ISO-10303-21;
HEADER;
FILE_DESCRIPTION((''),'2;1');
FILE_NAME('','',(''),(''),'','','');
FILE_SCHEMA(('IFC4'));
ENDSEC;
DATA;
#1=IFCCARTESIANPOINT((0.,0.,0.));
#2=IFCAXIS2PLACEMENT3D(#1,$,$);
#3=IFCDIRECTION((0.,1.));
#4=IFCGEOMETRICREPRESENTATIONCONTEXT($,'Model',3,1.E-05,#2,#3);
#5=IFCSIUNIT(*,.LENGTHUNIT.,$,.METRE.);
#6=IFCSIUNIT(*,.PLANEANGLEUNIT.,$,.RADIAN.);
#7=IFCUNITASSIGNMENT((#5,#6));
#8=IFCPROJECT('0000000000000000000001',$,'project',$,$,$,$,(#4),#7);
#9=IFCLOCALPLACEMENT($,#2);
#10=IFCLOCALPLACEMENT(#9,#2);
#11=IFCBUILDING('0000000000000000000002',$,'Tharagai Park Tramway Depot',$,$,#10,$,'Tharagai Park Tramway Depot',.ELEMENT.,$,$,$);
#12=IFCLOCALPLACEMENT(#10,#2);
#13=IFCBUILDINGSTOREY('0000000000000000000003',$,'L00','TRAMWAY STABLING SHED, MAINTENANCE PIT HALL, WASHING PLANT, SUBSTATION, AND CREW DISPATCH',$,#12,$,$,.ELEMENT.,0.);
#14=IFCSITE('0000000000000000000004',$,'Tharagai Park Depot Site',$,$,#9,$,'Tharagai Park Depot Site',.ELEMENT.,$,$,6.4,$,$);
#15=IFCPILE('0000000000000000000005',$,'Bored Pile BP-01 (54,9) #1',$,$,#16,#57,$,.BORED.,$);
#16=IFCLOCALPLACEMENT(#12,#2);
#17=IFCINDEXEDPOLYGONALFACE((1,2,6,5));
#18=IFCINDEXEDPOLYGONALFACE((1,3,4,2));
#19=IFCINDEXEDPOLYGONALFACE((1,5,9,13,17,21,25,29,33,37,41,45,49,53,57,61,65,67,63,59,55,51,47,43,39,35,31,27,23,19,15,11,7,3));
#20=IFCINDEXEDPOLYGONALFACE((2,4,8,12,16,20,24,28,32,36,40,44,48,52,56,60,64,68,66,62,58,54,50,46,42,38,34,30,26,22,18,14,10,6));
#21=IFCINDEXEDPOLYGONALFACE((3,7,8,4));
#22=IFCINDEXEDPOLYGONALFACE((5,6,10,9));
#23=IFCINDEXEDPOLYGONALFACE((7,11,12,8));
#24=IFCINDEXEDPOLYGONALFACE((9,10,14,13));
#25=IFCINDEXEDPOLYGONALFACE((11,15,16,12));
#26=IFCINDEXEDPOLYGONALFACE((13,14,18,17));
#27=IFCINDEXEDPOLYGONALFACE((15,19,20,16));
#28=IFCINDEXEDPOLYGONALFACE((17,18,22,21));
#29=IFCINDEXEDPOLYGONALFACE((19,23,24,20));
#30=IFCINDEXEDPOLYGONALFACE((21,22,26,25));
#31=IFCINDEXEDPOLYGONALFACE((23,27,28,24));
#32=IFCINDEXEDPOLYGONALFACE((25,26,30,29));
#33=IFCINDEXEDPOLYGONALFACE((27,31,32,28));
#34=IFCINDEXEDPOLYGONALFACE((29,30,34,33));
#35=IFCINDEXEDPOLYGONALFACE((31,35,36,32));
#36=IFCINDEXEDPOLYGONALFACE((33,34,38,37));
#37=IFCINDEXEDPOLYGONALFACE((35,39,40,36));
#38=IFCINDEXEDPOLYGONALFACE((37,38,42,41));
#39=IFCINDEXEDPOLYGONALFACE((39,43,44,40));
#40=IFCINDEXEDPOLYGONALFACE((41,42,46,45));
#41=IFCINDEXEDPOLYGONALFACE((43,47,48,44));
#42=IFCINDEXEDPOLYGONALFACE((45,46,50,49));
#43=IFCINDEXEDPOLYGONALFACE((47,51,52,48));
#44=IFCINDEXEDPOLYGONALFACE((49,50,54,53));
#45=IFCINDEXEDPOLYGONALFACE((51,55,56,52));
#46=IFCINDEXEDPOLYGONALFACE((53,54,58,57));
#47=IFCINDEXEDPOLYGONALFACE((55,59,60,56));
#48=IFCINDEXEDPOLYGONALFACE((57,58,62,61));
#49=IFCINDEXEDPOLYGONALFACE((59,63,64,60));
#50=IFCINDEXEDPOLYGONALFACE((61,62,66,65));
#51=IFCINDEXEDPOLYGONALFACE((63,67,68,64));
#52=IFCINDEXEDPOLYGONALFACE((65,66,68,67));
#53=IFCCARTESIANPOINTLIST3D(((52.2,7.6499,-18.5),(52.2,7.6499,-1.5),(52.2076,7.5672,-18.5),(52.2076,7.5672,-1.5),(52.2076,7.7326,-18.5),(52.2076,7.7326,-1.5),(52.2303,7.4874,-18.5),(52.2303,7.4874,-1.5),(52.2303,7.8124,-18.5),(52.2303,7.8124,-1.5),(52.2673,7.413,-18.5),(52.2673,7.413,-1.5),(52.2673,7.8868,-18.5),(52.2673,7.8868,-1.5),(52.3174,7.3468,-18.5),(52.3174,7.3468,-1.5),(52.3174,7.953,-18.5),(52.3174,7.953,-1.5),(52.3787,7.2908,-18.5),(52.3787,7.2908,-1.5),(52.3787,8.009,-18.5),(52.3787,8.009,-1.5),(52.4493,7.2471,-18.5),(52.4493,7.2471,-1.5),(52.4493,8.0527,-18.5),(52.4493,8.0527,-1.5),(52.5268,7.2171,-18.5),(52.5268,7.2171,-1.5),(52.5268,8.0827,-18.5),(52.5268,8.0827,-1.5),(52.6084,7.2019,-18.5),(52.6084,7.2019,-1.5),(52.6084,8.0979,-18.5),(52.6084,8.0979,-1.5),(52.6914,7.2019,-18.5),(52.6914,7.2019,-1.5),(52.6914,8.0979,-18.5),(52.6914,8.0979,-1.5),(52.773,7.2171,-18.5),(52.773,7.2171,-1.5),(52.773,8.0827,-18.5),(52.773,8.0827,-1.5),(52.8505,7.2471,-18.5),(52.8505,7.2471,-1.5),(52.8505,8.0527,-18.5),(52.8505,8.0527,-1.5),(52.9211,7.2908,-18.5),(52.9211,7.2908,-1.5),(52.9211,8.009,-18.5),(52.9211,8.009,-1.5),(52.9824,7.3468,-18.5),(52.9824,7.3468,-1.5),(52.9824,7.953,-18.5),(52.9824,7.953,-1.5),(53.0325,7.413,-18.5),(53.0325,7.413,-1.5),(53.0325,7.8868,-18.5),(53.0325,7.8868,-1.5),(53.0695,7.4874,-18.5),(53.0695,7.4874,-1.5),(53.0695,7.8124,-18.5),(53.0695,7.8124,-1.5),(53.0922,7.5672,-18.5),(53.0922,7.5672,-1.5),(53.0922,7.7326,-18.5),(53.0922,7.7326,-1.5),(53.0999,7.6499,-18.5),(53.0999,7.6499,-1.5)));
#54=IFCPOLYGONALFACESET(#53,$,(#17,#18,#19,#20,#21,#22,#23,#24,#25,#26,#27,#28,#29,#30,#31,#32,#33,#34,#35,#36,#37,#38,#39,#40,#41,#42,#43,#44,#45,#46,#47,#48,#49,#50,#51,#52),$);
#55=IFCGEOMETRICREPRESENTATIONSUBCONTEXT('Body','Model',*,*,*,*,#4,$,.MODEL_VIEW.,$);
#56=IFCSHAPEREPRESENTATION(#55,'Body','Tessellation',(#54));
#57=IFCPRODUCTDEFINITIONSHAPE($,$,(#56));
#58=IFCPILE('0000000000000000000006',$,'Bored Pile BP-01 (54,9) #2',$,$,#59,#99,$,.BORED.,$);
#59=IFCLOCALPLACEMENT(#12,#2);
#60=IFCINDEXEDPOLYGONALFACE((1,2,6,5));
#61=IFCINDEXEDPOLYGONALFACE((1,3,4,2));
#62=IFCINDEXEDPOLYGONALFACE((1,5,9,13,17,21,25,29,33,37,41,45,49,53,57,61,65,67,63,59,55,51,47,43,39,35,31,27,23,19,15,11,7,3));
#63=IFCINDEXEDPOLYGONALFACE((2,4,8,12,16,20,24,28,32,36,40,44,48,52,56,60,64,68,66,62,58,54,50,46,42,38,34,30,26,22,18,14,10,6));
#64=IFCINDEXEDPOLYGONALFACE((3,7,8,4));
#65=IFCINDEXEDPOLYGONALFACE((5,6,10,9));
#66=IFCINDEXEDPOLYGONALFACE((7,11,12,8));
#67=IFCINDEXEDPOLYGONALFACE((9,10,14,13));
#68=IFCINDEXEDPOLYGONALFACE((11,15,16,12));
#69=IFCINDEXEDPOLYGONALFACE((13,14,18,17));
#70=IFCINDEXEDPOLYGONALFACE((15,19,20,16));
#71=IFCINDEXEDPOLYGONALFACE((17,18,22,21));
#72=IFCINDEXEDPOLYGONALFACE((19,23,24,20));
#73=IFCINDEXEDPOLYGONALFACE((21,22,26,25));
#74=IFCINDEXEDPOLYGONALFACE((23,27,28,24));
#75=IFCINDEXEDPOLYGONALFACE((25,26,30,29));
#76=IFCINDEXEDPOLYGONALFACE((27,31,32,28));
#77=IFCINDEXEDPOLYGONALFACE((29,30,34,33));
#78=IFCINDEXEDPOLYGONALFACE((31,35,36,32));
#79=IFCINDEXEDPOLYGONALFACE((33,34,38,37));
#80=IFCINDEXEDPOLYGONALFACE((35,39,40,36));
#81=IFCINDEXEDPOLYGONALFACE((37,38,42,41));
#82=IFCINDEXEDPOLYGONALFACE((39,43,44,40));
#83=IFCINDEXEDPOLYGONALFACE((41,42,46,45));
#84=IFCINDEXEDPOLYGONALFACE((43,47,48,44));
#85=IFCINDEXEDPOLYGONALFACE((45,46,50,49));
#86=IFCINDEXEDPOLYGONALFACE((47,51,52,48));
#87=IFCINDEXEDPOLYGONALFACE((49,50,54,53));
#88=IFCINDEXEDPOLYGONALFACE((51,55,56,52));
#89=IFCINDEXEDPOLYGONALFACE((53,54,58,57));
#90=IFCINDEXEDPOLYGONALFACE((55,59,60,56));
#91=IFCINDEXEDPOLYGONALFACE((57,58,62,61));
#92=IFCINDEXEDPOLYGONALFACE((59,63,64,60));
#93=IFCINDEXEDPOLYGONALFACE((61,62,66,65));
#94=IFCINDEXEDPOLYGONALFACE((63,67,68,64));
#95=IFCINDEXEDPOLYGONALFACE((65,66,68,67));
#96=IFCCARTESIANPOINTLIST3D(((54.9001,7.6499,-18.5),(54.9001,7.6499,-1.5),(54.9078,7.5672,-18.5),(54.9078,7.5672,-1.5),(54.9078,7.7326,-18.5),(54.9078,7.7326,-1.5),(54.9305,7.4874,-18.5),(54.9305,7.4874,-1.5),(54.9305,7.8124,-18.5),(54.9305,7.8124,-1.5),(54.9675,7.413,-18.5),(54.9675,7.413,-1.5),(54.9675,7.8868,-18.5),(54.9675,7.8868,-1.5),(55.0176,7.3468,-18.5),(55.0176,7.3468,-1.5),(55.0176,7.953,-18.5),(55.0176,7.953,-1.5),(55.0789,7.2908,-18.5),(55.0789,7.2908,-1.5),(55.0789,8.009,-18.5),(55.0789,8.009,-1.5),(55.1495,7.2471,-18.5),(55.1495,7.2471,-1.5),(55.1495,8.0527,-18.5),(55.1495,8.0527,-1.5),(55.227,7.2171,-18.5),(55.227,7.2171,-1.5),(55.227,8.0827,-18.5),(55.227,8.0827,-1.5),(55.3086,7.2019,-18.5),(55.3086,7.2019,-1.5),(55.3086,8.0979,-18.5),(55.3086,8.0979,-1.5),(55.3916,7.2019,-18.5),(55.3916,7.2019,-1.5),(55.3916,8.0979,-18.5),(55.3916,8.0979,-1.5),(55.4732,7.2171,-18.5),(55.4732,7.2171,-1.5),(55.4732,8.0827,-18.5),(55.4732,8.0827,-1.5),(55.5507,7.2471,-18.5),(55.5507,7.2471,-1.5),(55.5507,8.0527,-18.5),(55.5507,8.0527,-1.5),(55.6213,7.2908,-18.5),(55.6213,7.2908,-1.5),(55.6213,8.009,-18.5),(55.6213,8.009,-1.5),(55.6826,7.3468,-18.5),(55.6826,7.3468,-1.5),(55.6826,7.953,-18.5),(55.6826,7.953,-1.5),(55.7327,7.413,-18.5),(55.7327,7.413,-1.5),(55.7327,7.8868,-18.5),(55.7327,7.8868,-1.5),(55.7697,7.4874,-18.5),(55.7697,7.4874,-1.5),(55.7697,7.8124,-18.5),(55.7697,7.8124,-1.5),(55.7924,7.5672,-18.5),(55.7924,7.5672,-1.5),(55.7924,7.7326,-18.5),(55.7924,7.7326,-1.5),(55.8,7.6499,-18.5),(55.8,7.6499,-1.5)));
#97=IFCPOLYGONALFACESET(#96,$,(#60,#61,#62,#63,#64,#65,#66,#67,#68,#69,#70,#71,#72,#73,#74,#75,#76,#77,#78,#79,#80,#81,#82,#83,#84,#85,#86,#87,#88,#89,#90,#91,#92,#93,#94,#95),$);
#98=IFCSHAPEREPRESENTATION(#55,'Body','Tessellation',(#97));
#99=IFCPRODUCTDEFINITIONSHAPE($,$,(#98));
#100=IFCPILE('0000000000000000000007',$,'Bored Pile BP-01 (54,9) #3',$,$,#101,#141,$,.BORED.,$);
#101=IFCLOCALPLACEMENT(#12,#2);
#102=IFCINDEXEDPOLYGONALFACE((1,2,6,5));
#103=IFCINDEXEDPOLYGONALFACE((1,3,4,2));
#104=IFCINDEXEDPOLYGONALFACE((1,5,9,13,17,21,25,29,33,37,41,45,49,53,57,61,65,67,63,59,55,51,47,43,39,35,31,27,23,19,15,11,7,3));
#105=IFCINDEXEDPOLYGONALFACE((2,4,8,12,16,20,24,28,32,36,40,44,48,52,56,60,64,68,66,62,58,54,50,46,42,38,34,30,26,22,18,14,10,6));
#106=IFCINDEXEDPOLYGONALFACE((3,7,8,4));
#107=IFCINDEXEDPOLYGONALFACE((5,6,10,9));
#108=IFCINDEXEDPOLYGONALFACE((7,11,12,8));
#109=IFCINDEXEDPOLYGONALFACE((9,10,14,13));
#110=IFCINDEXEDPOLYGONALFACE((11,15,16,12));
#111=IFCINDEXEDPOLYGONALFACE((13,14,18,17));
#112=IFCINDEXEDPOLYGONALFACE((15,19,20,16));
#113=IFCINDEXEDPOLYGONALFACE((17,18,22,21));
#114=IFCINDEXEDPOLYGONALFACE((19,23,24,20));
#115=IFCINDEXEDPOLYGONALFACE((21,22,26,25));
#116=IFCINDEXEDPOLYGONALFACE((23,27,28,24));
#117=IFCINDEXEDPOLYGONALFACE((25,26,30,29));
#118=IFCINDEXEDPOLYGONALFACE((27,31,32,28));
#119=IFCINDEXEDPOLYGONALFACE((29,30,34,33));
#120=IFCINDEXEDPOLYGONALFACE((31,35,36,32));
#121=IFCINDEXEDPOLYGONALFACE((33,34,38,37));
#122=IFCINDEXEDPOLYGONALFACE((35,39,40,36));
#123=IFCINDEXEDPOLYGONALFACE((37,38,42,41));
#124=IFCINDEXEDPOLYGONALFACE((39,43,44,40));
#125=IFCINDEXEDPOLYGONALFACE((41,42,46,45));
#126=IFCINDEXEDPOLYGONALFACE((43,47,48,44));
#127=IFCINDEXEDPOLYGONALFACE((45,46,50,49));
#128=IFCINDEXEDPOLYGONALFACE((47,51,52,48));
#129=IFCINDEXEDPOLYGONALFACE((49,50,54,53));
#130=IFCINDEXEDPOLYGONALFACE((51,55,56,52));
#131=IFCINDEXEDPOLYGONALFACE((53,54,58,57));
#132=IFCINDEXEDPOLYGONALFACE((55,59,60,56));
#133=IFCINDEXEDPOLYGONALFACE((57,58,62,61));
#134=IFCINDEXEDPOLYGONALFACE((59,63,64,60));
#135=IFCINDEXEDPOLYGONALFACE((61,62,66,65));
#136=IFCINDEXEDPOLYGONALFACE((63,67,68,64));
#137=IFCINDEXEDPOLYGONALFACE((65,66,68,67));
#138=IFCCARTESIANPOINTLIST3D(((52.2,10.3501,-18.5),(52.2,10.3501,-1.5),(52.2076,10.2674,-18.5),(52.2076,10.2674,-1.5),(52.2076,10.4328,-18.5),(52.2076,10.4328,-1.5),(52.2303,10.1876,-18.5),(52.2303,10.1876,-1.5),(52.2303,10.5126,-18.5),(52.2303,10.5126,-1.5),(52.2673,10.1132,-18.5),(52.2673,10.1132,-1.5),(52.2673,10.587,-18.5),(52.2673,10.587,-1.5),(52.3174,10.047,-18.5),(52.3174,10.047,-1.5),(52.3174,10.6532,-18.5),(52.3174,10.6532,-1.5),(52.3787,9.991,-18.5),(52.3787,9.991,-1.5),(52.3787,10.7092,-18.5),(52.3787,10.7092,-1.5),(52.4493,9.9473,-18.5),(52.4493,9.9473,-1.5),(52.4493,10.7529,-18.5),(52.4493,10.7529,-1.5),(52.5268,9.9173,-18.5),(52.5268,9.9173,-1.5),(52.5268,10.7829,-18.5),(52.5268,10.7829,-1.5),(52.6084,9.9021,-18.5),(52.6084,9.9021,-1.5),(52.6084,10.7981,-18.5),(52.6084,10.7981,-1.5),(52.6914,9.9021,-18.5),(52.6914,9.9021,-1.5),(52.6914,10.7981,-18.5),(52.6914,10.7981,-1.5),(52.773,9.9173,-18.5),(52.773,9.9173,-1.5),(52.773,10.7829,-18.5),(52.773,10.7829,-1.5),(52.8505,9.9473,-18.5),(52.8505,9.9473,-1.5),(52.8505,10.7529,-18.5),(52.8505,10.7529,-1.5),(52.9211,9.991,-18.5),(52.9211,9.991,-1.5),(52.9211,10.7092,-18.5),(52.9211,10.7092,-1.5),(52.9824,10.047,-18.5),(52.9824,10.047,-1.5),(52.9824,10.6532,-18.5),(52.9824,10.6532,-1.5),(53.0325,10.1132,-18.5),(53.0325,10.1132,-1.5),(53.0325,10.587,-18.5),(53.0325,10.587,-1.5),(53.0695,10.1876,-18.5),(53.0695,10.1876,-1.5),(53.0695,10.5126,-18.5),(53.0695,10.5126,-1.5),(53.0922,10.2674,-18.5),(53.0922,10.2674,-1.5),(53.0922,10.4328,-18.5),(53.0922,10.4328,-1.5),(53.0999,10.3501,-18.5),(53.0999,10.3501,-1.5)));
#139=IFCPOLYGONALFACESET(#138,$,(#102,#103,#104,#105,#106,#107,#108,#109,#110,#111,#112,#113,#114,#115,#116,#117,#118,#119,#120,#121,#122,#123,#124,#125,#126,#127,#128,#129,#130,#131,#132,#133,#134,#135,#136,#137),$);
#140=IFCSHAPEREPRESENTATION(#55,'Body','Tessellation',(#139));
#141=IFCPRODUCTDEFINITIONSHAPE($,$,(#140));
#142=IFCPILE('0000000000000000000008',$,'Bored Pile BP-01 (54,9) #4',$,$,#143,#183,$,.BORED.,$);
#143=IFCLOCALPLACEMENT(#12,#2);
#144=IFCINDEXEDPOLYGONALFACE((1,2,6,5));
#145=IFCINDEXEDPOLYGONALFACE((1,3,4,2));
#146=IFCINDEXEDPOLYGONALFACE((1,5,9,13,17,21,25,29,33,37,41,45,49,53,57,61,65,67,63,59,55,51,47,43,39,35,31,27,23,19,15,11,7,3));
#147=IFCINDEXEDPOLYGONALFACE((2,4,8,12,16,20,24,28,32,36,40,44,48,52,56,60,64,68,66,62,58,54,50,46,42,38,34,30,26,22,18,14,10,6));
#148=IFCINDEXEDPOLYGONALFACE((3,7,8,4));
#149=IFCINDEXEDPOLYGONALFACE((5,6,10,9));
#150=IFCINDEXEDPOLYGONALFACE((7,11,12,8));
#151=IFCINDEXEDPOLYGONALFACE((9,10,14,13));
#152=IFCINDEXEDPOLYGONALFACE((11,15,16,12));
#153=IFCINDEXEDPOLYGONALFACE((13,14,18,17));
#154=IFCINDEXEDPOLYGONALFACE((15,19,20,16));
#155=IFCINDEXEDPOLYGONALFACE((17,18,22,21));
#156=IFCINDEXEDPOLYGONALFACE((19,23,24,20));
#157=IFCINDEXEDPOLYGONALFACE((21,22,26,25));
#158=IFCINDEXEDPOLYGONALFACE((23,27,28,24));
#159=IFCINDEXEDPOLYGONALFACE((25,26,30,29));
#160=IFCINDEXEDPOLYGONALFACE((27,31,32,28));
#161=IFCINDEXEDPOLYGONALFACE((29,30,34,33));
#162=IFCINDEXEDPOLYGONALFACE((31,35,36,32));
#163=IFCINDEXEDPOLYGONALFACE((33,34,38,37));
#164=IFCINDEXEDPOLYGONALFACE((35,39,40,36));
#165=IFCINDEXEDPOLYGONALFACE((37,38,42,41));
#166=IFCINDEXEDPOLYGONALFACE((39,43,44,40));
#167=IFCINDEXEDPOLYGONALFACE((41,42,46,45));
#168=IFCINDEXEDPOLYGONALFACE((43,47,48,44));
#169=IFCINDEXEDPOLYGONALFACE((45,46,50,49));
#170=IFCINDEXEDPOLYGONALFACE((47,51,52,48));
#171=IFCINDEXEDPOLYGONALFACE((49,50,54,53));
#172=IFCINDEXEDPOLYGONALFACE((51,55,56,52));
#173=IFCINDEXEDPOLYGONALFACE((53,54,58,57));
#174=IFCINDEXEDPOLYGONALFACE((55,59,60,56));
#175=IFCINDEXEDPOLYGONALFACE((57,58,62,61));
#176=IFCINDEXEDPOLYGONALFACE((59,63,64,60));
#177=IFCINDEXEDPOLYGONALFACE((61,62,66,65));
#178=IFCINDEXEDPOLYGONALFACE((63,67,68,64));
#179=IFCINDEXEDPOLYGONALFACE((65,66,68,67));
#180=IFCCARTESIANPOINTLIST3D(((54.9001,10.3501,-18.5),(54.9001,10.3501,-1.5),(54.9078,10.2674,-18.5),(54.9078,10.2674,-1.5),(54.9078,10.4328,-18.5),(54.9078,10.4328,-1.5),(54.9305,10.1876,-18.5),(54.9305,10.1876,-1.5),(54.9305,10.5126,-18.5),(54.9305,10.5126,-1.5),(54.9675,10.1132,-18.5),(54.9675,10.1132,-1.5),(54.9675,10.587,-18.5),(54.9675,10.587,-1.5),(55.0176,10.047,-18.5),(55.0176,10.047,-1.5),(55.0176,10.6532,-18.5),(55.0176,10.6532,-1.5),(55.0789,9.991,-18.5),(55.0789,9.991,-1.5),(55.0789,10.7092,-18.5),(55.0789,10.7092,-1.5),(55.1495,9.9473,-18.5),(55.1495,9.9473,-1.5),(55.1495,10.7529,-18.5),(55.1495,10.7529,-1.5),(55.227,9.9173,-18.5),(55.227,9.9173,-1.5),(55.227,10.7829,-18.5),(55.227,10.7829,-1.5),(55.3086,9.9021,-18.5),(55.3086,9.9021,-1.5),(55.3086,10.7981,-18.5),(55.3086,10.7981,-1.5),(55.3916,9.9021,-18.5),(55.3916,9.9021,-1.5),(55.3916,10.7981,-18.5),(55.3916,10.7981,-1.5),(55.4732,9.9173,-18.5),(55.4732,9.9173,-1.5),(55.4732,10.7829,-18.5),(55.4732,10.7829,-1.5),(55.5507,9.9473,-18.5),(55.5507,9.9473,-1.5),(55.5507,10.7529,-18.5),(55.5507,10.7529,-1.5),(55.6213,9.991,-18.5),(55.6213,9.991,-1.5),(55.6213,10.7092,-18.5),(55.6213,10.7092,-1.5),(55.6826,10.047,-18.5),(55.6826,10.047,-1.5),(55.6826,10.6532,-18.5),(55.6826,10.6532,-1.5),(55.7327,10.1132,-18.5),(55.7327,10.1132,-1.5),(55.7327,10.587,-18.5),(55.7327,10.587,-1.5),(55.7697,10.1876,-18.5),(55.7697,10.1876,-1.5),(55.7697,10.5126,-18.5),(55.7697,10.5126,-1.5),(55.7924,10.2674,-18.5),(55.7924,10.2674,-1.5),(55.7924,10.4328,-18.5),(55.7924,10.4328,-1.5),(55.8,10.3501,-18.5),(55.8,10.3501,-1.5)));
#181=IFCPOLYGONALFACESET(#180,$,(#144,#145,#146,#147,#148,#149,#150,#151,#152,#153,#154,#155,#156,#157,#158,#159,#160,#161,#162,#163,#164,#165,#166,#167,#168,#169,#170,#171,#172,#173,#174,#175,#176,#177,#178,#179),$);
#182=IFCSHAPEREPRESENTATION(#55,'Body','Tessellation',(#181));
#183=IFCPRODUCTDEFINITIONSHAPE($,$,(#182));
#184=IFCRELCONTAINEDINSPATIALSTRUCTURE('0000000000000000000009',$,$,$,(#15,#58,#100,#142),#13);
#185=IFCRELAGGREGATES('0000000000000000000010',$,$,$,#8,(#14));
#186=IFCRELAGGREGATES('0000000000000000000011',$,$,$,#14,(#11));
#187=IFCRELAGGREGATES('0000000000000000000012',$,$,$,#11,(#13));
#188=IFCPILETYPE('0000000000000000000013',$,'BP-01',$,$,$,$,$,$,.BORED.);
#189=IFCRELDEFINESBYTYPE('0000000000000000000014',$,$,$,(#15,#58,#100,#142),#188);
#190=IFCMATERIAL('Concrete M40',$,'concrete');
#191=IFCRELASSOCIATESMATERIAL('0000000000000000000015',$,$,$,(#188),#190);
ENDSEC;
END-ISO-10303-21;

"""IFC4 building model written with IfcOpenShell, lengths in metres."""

from ifc_helpers import new_model, si_unit, direction, frame, origin, origin_2d, place, context, subcontext, project, spatial, circle, extrude, material, material_profile, profile_set, type_object, element, save


model = new_model("IFC4")

# Units and contexts
model_context = context("Model", 3, precision=1e-05, world=origin(), true_north=direction((0.0, 1.0)))
body_context = subcontext(model_context, "Body", "Model", "MODEL_VIEW")
ifc_project = project(units=[si_unit("LENGTHUNIT", "METRE"), si_unit("PLANEANGLEUNIT", "RADIAN")], contexts=[model_context])

# Site, building, storey
site_placement = place(None, origin())
site = spatial("IfcSite", under=ifc_project, at=site_placement, Name="Tharagai Park Depot Site", LongName="Tharagai Park Depot Site", CompositionType="ELEMENT", RefElevation=6.4)
building_placement = place(site_placement, origin())
building = spatial("IfcBuilding", under=site, at=building_placement, Name="Tharagai Park Tramway Depot", LongName="Tharagai Park Tramway Depot", CompositionType="ELEMENT")
storey_placement = place(building_placement, origin())
storey = spatial("IfcBuildingStorey", under=building, at=storey_placement, Name="L00", Description="TRAMWAY STABLING SHED, MAINTENANCE PIT HALL, WASHING PLANT, SUBSTATION, AND CREW DISPATCH", CompositionType="ELEMENT", Elevation=0.0)

# Piles
ifc_material_1 = material(Name="Concrete M40", Category="concrete")
ifc_material_profile_1 = material_profile(ifc_material_1, circle(Radius=0.45, at=origin_2d()), Name="PILE D900")
ifc_profile_set_1 = profile_set([ifc_material_profile_1], Name="Concrete M40")
pile_type = type_object("IfcPileType", Name="BP-01", PredefinedType="BORED", material=ifc_profile_set_1)
for number, where, z_axis, x_axis, name in (
    (1, (52.6499, 7.6499, -1.5), (0.0, 0.0, -1.0), (1.0, 0.0, 0.0), "Bored Pile BP-01 (54,9) #1"),
    (2, (55.3501, 7.6499, -1.5), (0.0, 0.0, -1.0), (1.0, 0.0, 0.0), "Bored Pile BP-01 (54,9) #2"),
    (3, (52.6499, 10.3501, -1.5), (0.0, 0.0, -1.0), (1.0, 0.0, 0.0), "Bored Pile BP-01 (54,9) #3"),
    (4, (55.3501, 10.3501, -1.5), (0.0, 0.0, -1.0), (1.0, 0.0, 0.0), "Bored Pile BP-01 (54,9) #4"),
):
    element("IfcPile", number, at=place(storey_placement, frame(where, z_axis=z_axis, x_axis=x_axis)), inside=storey, type_object=pile_type, Name=name, PredefinedType="BORED", context=body_context, shape_type="SweptSolid", body=[
        extrude(circle(Radius=0.45, at=origin_2d()), origin(), (0.0, 0.0, 1.0), 17.0),
    ])

save(model, "model.ifc")
